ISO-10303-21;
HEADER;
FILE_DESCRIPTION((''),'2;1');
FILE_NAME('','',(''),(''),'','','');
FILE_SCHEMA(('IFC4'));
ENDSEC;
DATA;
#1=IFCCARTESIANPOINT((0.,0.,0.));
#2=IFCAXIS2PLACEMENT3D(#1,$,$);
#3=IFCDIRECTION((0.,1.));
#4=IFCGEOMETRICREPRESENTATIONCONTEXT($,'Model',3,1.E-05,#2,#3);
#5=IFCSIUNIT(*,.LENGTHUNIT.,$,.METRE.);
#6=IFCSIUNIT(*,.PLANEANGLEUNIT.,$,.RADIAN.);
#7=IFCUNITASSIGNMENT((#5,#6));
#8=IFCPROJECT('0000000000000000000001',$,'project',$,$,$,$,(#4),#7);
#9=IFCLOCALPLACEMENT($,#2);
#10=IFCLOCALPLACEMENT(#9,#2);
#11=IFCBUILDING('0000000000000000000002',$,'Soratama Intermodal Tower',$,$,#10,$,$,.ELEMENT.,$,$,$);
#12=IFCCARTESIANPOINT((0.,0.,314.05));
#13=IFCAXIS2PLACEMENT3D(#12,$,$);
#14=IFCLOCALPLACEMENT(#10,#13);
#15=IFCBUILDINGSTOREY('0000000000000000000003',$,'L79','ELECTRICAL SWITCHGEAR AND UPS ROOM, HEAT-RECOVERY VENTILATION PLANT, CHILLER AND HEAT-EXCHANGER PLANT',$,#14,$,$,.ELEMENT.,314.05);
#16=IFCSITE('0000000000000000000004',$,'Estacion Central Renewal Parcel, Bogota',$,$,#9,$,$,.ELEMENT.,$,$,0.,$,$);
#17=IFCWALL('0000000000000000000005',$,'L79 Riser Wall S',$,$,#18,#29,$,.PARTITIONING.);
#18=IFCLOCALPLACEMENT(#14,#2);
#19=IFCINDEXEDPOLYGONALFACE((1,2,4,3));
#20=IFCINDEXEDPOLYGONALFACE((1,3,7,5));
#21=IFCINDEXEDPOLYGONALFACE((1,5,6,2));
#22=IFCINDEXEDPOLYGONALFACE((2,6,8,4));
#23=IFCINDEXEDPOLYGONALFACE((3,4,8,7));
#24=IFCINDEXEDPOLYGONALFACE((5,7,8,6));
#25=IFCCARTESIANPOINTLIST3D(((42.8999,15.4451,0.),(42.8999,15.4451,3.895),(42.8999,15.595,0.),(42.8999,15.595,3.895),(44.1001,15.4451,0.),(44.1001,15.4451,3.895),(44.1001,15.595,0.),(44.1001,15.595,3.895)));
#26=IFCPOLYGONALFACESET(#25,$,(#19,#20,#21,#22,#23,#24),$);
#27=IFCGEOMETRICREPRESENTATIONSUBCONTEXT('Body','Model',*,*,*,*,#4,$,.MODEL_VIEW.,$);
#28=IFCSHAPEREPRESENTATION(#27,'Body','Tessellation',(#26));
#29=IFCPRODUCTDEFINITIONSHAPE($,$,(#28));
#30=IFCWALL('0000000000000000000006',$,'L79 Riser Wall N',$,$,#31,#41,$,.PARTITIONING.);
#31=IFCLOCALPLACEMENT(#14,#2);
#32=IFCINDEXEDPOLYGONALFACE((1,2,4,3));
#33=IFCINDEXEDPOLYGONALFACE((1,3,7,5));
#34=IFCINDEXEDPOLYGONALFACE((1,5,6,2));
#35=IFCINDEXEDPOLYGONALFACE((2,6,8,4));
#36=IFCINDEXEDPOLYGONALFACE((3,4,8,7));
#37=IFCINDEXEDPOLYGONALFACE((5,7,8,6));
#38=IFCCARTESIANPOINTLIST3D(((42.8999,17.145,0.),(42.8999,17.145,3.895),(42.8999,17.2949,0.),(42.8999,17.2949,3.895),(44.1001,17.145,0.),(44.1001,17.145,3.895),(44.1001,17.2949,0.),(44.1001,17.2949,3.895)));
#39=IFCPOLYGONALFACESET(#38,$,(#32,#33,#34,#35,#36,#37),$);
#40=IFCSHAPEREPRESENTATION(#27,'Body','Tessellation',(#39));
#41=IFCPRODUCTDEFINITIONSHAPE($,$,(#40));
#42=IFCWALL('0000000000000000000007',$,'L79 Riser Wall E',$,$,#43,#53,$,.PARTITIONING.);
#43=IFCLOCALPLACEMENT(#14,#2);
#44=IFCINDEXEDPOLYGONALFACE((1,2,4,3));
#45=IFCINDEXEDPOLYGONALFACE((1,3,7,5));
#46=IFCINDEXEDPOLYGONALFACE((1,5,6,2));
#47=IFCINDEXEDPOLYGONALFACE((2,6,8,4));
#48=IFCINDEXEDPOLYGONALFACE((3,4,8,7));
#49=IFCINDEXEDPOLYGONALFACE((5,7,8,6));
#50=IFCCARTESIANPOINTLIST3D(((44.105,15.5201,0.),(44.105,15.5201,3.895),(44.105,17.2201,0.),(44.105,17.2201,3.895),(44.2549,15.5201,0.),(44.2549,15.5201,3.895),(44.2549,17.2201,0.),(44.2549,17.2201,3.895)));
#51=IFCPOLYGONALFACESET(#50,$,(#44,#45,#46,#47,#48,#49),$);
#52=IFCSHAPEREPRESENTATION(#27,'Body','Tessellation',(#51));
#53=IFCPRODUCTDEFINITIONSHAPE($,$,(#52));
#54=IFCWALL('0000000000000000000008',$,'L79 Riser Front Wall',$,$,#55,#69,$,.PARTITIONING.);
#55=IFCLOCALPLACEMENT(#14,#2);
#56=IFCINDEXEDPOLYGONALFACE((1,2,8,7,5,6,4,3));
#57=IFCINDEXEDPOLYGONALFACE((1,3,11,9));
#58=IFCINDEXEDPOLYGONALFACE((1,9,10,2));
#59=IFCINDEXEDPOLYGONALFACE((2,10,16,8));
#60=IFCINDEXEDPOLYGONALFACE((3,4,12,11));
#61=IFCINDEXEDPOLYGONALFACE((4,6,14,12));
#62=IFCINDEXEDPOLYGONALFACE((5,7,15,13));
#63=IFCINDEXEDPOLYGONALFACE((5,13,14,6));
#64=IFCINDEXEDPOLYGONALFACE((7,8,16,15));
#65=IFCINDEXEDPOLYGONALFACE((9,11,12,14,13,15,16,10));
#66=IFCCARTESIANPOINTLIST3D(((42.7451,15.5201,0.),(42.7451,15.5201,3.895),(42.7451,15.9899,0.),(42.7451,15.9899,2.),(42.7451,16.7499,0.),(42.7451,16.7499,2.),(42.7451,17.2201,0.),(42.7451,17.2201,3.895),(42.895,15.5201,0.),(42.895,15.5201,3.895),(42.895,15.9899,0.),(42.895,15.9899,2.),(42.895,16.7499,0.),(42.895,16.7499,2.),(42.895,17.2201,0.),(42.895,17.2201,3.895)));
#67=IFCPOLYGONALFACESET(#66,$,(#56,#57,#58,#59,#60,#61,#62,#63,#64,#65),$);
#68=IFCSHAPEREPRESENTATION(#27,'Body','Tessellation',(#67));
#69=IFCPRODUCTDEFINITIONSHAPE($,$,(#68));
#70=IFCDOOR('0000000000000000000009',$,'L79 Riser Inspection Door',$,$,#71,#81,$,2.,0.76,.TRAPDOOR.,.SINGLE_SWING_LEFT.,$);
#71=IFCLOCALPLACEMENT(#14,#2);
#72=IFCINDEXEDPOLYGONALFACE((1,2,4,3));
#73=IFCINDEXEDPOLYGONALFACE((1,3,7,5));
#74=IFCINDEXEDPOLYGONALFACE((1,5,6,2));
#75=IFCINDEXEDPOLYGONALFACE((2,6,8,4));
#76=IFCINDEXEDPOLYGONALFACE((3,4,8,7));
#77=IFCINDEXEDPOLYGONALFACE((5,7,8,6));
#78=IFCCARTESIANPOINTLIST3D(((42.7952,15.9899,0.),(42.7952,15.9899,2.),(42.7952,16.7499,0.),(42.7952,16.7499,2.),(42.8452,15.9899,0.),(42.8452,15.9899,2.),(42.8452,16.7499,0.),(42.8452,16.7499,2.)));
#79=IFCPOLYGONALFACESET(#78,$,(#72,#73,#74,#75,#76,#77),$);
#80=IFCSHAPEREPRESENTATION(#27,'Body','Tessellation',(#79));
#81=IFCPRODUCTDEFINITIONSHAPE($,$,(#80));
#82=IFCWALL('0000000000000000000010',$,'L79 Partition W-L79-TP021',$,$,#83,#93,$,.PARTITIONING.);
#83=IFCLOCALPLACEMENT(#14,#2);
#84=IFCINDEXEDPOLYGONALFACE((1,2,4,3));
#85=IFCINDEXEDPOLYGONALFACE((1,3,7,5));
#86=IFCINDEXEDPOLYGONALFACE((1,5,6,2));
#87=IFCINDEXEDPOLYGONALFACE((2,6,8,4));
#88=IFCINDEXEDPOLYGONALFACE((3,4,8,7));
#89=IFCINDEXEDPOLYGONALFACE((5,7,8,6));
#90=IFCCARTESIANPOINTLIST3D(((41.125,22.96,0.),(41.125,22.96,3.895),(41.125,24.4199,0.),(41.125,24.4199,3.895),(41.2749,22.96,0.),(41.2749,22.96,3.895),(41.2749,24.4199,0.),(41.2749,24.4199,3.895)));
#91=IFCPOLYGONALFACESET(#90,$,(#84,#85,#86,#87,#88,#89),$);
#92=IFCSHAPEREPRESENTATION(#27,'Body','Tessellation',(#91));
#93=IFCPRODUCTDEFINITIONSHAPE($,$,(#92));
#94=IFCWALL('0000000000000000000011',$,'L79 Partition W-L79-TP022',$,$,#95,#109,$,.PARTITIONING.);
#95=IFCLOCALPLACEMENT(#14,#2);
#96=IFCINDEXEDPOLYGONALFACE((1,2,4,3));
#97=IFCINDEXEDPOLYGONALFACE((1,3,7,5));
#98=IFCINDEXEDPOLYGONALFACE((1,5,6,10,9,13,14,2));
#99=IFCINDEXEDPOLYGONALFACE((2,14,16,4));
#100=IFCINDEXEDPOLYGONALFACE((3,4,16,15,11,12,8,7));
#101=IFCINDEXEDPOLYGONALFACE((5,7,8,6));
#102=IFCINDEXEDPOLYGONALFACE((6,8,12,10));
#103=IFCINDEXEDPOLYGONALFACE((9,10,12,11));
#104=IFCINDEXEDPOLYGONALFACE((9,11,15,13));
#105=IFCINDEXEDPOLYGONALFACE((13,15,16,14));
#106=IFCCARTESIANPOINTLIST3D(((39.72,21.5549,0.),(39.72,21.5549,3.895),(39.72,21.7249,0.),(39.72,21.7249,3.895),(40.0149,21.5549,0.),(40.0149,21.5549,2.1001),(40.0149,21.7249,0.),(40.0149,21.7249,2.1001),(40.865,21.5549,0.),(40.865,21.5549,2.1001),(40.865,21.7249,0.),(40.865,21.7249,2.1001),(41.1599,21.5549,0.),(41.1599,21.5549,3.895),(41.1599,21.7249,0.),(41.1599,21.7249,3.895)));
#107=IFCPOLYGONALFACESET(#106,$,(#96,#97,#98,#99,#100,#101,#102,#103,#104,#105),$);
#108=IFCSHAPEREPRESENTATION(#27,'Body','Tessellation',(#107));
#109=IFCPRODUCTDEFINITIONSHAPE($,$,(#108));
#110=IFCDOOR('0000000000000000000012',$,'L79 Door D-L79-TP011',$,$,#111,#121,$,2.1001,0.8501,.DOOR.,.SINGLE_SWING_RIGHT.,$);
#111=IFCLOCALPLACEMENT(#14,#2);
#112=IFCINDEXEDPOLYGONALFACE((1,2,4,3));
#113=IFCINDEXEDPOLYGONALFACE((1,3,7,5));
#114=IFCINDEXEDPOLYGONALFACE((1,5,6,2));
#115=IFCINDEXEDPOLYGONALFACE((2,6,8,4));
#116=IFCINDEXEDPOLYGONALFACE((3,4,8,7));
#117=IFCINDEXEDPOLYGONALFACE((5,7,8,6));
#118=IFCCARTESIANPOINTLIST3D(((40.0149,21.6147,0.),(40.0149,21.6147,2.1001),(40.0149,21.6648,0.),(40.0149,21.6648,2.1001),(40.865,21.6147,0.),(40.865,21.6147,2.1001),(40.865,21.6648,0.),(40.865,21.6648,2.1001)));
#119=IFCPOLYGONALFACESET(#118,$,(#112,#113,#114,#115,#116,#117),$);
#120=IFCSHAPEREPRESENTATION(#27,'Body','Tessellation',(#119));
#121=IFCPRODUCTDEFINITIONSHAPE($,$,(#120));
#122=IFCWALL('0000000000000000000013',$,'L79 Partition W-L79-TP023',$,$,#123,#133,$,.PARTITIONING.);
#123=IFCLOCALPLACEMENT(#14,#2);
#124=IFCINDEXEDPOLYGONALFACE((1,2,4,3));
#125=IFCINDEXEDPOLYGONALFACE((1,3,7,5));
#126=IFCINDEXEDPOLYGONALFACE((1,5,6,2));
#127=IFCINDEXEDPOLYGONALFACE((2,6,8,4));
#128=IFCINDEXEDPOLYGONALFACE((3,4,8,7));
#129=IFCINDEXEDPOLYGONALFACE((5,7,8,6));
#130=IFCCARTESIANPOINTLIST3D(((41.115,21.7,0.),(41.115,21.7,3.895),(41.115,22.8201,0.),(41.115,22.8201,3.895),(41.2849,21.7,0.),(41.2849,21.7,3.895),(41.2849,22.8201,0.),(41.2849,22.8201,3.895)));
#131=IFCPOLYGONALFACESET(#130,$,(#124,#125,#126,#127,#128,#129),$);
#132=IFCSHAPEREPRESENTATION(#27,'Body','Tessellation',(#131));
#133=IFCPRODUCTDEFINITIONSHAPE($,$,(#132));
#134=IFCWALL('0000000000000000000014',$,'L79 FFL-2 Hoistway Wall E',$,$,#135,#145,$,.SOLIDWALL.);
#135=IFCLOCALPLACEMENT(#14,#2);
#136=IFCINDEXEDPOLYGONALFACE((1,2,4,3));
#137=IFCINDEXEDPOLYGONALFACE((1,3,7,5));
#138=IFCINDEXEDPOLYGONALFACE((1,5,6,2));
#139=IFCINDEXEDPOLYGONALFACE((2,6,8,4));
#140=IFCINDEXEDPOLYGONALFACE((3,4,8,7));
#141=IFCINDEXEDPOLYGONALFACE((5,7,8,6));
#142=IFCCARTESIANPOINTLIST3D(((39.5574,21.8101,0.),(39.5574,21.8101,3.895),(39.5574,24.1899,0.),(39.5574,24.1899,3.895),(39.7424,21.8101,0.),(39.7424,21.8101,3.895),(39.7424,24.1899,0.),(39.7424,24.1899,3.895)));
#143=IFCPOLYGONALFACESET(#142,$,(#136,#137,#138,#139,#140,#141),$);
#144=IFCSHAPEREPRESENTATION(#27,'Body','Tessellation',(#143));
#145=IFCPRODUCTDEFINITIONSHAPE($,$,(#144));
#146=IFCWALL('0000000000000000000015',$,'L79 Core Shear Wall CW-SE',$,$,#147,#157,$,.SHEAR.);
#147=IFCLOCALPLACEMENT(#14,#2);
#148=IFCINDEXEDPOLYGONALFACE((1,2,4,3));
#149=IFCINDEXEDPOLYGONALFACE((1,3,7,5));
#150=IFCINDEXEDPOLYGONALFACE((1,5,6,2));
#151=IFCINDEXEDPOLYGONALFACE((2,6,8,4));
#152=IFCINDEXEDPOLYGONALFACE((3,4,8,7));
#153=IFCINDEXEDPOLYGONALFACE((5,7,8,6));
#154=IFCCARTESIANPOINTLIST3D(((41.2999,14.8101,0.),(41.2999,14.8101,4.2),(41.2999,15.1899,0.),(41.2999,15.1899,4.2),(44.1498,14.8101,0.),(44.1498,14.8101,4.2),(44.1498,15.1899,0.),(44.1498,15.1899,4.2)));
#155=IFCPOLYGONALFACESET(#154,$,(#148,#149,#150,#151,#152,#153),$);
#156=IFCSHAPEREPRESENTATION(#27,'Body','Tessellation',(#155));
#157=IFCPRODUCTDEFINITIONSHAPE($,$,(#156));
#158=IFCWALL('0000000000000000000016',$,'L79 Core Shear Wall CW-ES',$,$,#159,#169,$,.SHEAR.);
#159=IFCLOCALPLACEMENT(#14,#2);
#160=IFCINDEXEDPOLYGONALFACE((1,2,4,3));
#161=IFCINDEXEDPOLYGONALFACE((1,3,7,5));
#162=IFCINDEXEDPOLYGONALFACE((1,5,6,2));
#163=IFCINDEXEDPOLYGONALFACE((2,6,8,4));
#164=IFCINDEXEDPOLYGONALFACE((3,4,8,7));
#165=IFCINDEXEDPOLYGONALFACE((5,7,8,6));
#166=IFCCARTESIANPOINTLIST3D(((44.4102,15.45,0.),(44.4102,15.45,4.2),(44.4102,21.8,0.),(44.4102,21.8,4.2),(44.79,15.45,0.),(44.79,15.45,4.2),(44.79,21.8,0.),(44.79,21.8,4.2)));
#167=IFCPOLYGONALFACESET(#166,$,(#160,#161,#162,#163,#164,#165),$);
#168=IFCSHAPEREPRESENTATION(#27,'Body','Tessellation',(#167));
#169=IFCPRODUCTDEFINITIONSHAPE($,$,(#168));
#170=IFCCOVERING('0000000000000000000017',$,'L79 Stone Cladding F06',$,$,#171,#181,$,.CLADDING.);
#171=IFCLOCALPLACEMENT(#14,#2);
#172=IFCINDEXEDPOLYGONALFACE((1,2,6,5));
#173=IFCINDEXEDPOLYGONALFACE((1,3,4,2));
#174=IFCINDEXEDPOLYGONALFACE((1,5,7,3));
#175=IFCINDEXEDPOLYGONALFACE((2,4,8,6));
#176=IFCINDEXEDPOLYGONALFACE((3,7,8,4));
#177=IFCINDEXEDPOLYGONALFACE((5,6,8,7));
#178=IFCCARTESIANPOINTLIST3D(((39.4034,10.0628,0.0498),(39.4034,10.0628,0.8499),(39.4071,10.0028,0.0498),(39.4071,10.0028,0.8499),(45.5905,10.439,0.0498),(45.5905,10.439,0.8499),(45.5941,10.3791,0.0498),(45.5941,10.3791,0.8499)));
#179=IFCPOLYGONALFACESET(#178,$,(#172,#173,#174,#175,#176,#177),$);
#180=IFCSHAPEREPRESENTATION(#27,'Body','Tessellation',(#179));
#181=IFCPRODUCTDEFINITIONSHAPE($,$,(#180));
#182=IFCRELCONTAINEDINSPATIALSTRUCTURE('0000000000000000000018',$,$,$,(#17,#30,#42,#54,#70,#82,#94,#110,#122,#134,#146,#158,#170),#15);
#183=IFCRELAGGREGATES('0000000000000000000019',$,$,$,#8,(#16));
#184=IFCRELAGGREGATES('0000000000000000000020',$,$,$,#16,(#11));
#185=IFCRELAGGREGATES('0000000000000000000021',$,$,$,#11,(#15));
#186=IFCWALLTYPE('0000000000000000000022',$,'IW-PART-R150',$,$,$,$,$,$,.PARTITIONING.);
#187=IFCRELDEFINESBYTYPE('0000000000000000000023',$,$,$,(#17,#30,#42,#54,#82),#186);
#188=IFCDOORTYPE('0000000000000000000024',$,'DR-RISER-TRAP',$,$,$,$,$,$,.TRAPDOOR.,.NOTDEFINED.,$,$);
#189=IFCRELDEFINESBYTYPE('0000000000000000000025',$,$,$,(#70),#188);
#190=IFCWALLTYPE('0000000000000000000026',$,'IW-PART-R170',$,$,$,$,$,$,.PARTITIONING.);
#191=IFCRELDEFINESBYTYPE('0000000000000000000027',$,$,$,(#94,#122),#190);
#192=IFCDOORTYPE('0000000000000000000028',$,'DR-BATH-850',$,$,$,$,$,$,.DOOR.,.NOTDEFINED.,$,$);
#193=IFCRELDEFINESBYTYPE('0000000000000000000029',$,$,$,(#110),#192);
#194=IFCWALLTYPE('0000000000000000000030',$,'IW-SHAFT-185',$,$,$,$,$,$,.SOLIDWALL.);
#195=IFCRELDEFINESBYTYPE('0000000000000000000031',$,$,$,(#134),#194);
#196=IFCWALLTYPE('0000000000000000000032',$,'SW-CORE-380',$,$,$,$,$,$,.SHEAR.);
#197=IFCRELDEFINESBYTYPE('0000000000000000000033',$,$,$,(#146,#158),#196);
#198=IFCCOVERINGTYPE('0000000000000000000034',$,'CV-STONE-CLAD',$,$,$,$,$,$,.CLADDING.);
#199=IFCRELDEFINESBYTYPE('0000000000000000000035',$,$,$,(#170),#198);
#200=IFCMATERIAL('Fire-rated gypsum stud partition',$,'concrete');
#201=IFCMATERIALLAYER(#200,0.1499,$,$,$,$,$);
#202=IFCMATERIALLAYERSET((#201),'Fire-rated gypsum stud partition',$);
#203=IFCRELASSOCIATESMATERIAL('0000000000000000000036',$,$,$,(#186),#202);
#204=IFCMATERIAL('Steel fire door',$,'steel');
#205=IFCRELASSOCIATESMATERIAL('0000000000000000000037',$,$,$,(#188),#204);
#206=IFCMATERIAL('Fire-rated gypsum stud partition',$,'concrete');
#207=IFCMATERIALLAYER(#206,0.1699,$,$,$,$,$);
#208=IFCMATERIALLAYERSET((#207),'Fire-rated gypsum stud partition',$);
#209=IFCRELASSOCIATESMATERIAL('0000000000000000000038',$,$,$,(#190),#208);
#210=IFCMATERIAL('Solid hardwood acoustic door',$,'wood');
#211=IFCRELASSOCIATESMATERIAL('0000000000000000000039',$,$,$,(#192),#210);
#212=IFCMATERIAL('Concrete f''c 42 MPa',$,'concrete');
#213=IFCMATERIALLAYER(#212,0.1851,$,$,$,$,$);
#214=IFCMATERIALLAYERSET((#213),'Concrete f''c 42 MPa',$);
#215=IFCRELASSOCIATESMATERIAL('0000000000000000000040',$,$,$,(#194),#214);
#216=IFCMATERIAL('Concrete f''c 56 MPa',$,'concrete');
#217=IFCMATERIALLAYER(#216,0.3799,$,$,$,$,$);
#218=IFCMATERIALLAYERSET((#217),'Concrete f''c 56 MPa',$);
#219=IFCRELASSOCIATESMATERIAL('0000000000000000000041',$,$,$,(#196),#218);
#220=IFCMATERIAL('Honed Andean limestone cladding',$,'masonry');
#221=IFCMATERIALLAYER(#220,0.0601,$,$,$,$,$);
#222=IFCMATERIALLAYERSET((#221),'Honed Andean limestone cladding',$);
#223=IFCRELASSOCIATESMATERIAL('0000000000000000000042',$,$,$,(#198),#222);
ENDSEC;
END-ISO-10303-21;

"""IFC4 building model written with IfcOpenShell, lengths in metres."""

from ifc_helpers import new_model, si_unit, direction, frame, frame_2d, origin, origin_2d, place, context, subcontext, project, spatial, rectangle, extrude, material, layer, layer_set, type_object, element, fill, save


model = new_model("IFC4")

# Units and contexts
model_context = context("Model", 3, precision=1e-05, world=origin(), true_north=direction((0.0, 1.0)))
body_context = subcontext(model_context, "Body", "Model", "MODEL_VIEW")
ifc_project = project(units=[si_unit("LENGTHUNIT", "METRE"), si_unit("PLANEANGLEUNIT", "RADIAN")], contexts=[model_context])

# Site, building, storey
site_placement = place(None, origin())
site = spatial("IfcSite", under=ifc_project, at=site_placement, Name="Estacion Central Renewal Parcel, Bogota", CompositionType="ELEMENT", RefElevation=0.0)
building_placement = place(site_placement, origin())
building = spatial("IfcBuilding", under=site, at=building_placement, Name="Soratama Intermodal Tower", CompositionType="ELEMENT")
storey_placement = place(building_placement, frame((0.0, 0.0, 314.05)))
storey = spatial("IfcBuildingStorey", under=building, at=storey_placement, Name="L79", Description="ELECTRICAL SWITCHGEAR AND UPS ROOM, HEAT-RECOVERY VENTILATION PLANT, CHILLER AND HEAT-EXCHANGER PLANT", CompositionType="ELEMENT", Elevation=314.05)

# Walls
ifc_material_1 = material(Name="Fire-rated gypsum stud partition", Category="concrete")
ifc_layer_1 = layer(ifc_material_1, 0.1499)
ifc_layer_set_1 = layer_set([ifc_layer_1], Name="Fire-rated gypsum stud partition")
wall_type_1 = type_object("IfcWallType", Name="IW-PART-R150", PredefinedType="PARTITIONING", material=ifc_layer_set_1)
for number, where, z_axis, x_axis, name in (
    (1, (42.8999, 15.52, 0.0), (0.0, 0.0, 1.0), (1.0, 0.0, 0.0), "L79 Riser Wall S"),
    (2, (42.8999, 17.22, 0.0), (0.0, 0.0, 1.0), (1.0, 0.0, 0.0), "L79 Riser Wall N"),
):
    element("IfcWall", number, at=place(storey_placement, frame(where, z_axis=z_axis, x_axis=x_axis)), inside=storey, type_object=wall_type_1, Name=name, PredefinedType="PARTITIONING", context=body_context, shape_type="SweptSolid", body=[
        extrude(rectangle(XDim=1.2002, YDim=0.1499, at=frame_2d((0.6001, 0.0))), origin(), (0.0, 0.0, 1.0), 3.895),
    ])
wall_1_placement = place(storey_placement, frame((44.1799, 15.52, 0.0), z_axis=(0.0, 0.0, 1.0), x_axis=(0.0, 1.0, 0.0)))
element("IfcWall", 3, at=wall_1_placement, inside=storey, type_object=wall_type_1, Name="L79 Riser Wall E", PredefinedType="PARTITIONING", context=body_context, shape_type="SweptSolid", body=[
    extrude(rectangle(XDim=1.7, YDim=0.1499, at=frame_2d((0.8501, 0.0))), origin(), (0.0, 0.0, 1.0), 3.895),
])

# Wall, opening, door
wall_2_placement = place(storey_placement, frame((42.8201, 15.52, 0.0), z_axis=(0.0, 0.0, 1.0), x_axis=(0.0, 1.0, 0.0)))
wall_2 = element("IfcWall", 4, at=wall_2_placement, inside=storey, type_object=wall_type_1, Name="L79 Riser Front Wall", PredefinedType="PARTITIONING", context=body_context, shape_type="SweptSolid", body=[
    extrude(rectangle(XDim=1.7, YDim=0.1499, at=frame_2d((0.8501, 0.0))), origin(), (0.0, 0.0, 1.0), 3.895),
])
opening_1_placement = place(wall_2_placement, frame((0.47, 0.0, 0.0)))
opening_1 = element("IfcOpeningElement", 5, at=opening_1_placement, cuts=wall_2, PredefinedType="OPENING", context=body_context, shape_type="SweptSolid", body=[
    extrude(rectangle(XDim=0.76, YDim=2.0, at=frame_2d((0.3799, 1.0))), frame((0.0, 0.085, 0.0), z_axis=(0.0, -1.0, 0.0), x_axis=(1.0, 0.0, 0.0)), (0.0, 0.0, 1.0), 0.1699),
])
ifc_material_2 = material(Name="Steel fire door", Category="steel")
door_type_1 = type_object("IfcDoorType", Name="DR-RISER-TRAP", OperationType="NOTDEFINED", PredefinedType="TRAPDOOR", material=ifc_material_2)
door_1_placement = place(opening_1_placement, origin())
door_1 = element("IfcDoor", 6, at=door_1_placement, inside=storey, type_object=door_type_1, Name="L79 Riser Inspection Door", OperationType="SINGLE_SWING_LEFT", OverallHeight=2.0, OverallWidth=0.76, PredefinedType="TRAPDOOR", context=body_context, shape_type="SweptSolid", body=[
    extrude(rectangle(XDim=0.76, YDim=2.0, at=frame_2d((0.3799, 1.0))), frame((0.0, 0.0249, 0.0), z_axis=(0.0, -1.0, 0.0), x_axis=(1.0, 0.0, 0.0)), (0.0, 0.0, 1.0), 0.05),
])
fill(opening_1, door_1)

# Wall
wall_3_placement = place(storey_placement, frame((41.2, 22.96, 0.0), z_axis=(0.0, 0.0, 1.0), x_axis=(0.0, 1.0, 0.0)))
element("IfcWall", 7, at=wall_3_placement, inside=storey, type_object=wall_type_1, Name="L79 Partition W-L79-TP021", PredefinedType="PARTITIONING", context=body_context, shape_type="SweptSolid", body=[
    extrude(rectangle(XDim=1.46, YDim=0.1499, at=frame_2d((0.73, 0.0))), origin(), (0.0, 0.0, 1.0), 3.895),
])

# Wall, opening, door
ifc_material_3 = material(Name="Fire-rated gypsum stud partition", Category="concrete")
ifc_layer_2 = layer(ifc_material_3, 0.1699)
ifc_layer_set_2 = layer_set([ifc_layer_2], Name="Fire-rated gypsum stud partition")
wall_type_2 = type_object("IfcWallType", Name="IW-PART-R170", PredefinedType="PARTITIONING", material=ifc_layer_set_2)
wall_4_placement = place(storey_placement, frame((39.72, 21.6399, 0.0), z_axis=(0.0, 0.0, 1.0), x_axis=(1.0, 0.0, 0.0)))
wall_4 = element("IfcWall", 8, at=wall_4_placement, inside=storey, type_object=wall_type_2, Name="L79 Partition W-L79-TP022", PredefinedType="PARTITIONING", context=body_context, shape_type="SweptSolid", body=[
    extrude(rectangle(XDim=1.4399, YDim=0.1699, at=frame_2d((0.72, 0.0))), origin(), (0.0, 0.0, 1.0), 3.895),
])
opening_2_placement = place(wall_4_placement, frame((0.2949, 0.0, 0.0)))
opening_2 = element("IfcOpeningElement", 9, at=opening_2_placement, cuts=wall_4, PredefinedType="OPENING", context=body_context, shape_type="SweptSolid", body=[
    extrude(rectangle(XDim=0.8501, YDim=2.1001, at=frame_2d((0.425, 1.05))), frame((0.0, 0.095, 0.0), z_axis=(0.0, -1.0, 0.0), x_axis=(1.0, 0.0, 0.0)), (0.0, 0.0, 1.0), 0.1899),
])
ifc_material_4 = material(Name="Solid hardwood acoustic door", Category="wood")
door_type_2 = type_object("IfcDoorType", Name="DR-BATH-850", OperationType="NOTDEFINED", PredefinedType="DOOR", material=ifc_material_4)
door_2_placement = place(opening_2_placement, origin())
door_2 = element("IfcDoor", 10, at=door_2_placement, inside=storey, type_object=door_type_2, Name="L79 Door D-L79-TP011", OperationType="SINGLE_SWING_RIGHT", OverallHeight=2.1001, OverallWidth=0.8501, PredefinedType="DOOR", context=body_context, shape_type="SweptSolid", body=[
    extrude(rectangle(XDim=0.8501, YDim=2.1001, at=frame_2d((0.425, 1.05))), frame((0.0, 0.0249, 0.0), z_axis=(0.0, -1.0, 0.0), x_axis=(1.0, 0.0, 0.0)), (0.0, 0.0, 1.0), 0.05),
])
fill(opening_2, door_2)

# Walls
wall_5_placement = place(storey_placement, frame((41.2, 21.7, 0.0), z_axis=(0.0, 0.0, 1.0), x_axis=(0.0, 1.0, 0.0)))
element("IfcWall", 11, at=wall_5_placement, inside=storey, type_object=wall_type_2, Name="L79 Partition W-L79-TP023", PredefinedType="PARTITIONING", context=body_context, shape_type="SweptSolid", body=[
    extrude(rectangle(XDim=1.1201, YDim=0.1699, at=frame_2d((0.5601, 0.0))), origin(), (0.0, 0.0, 1.0), 3.895),
])
ifc_material_5 = material(Name="Concrete f'c 42 MPa", Category="concrete")
ifc_layer_3 = layer(ifc_material_5, 0.1851)
ifc_layer_set_3 = layer_set([ifc_layer_3], Name="Concrete f'c 42 MPa")
wall_type_3 = type_object("IfcWallType", Name="IW-SHAFT-185", PredefinedType="SOLIDWALL", material=ifc_layer_set_3)
wall_6_placement = place(storey_placement, frame((39.6499, 21.8101, 0.0), z_axis=(0.0, 0.0, 1.0), x_axis=(0.0, 1.0, 0.0)))
element("IfcWall", 12, at=wall_6_placement, inside=storey, type_object=wall_type_3, Name="L79 FFL-2 Hoistway Wall E", PredefinedType="SOLIDWALL", context=body_context, shape_type="SweptSolid", body=[
    extrude(rectangle(XDim=2.3799, YDim=0.1851, at=frame_2d((1.1899, 0.0))), origin(), (0.0, 0.0, 1.0), 3.895),
])
ifc_material_6 = material(Name="Concrete f'c 56 MPa", Category="concrete")
ifc_layer_4 = layer(ifc_material_6, 0.3799)
ifc_layer_set_4 = layer_set([ifc_layer_4], Name="Concrete f'c 56 MPa")
wall_type_4 = type_object("IfcWallType", Name="SW-CORE-380", PredefinedType="SHEAR", material=ifc_layer_set_4)
wall_7_placement = place(storey_placement, frame((41.3, 15.0, 0.0), z_axis=(0.0, 0.0, 1.0), x_axis=(1.0, 0.0, 0.0)))
element("IfcWall", 13, at=wall_7_placement, inside=storey, type_object=wall_type_4, Name="L79 Core Shear Wall CW-SE", PredefinedType="SHEAR", context=body_context, shape_type="SweptSolid", body=[
    extrude(rectangle(XDim=2.8499, YDim=0.3799, at=frame_2d((1.4248, 0.0))), origin(), (0.0, 0.0, 1.0), 4.2),
])
wall_8_placement = place(storey_placement, frame((44.6001, 15.45, 0.0), z_axis=(0.0, 0.0, 1.0), x_axis=(0.0, 1.0, 0.0)))
element("IfcWall", 14, at=wall_8_placement, inside=storey, type_object=wall_type_4, Name="L79 Core Shear Wall CW-ES", PredefinedType="SHEAR", context=body_context, shape_type="SweptSolid", body=[
    extrude(rectangle(XDim=6.3501, YDim=0.3799, at=frame_2d((3.175, 0.0))), origin(), (0.0, 0.0, 1.0), 4.2),
])

# Covering
ifc_material_7 = material(Name="Honed Andean limestone cladding", Category="masonry")
ifc_layer_5 = layer(ifc_material_7, 0.0601)
ifc_layer_set_5 = layer_set([ifc_layer_5], Name="Honed Andean limestone cladding")
covering_type = type_object("IfcCoveringType", Name="CV-STONE-CLAD", PredefinedType="CLADDING", material=ifc_layer_set_5)
covering_placement = place(storey_placement, frame((42.4988, 10.2209, 0.0498), z_axis=(0.0, 0.0, 1.0), x_axis=(0.998156, 0.0607, 0.0)))
element("IfcCovering", 15, at=covering_placement, inside=storey, type_object=covering_type, Name="L79 Stone Cladding F06", PredefinedType="CLADDING", context=body_context, shape_type="SweptSolid", body=[
    extrude(rectangle(XDim=6.1985, YDim=0.0601, at=origin_2d()), origin(), (0.0, 0.0, 1.0), 0.8),
])

save(model, "model.ifc")
